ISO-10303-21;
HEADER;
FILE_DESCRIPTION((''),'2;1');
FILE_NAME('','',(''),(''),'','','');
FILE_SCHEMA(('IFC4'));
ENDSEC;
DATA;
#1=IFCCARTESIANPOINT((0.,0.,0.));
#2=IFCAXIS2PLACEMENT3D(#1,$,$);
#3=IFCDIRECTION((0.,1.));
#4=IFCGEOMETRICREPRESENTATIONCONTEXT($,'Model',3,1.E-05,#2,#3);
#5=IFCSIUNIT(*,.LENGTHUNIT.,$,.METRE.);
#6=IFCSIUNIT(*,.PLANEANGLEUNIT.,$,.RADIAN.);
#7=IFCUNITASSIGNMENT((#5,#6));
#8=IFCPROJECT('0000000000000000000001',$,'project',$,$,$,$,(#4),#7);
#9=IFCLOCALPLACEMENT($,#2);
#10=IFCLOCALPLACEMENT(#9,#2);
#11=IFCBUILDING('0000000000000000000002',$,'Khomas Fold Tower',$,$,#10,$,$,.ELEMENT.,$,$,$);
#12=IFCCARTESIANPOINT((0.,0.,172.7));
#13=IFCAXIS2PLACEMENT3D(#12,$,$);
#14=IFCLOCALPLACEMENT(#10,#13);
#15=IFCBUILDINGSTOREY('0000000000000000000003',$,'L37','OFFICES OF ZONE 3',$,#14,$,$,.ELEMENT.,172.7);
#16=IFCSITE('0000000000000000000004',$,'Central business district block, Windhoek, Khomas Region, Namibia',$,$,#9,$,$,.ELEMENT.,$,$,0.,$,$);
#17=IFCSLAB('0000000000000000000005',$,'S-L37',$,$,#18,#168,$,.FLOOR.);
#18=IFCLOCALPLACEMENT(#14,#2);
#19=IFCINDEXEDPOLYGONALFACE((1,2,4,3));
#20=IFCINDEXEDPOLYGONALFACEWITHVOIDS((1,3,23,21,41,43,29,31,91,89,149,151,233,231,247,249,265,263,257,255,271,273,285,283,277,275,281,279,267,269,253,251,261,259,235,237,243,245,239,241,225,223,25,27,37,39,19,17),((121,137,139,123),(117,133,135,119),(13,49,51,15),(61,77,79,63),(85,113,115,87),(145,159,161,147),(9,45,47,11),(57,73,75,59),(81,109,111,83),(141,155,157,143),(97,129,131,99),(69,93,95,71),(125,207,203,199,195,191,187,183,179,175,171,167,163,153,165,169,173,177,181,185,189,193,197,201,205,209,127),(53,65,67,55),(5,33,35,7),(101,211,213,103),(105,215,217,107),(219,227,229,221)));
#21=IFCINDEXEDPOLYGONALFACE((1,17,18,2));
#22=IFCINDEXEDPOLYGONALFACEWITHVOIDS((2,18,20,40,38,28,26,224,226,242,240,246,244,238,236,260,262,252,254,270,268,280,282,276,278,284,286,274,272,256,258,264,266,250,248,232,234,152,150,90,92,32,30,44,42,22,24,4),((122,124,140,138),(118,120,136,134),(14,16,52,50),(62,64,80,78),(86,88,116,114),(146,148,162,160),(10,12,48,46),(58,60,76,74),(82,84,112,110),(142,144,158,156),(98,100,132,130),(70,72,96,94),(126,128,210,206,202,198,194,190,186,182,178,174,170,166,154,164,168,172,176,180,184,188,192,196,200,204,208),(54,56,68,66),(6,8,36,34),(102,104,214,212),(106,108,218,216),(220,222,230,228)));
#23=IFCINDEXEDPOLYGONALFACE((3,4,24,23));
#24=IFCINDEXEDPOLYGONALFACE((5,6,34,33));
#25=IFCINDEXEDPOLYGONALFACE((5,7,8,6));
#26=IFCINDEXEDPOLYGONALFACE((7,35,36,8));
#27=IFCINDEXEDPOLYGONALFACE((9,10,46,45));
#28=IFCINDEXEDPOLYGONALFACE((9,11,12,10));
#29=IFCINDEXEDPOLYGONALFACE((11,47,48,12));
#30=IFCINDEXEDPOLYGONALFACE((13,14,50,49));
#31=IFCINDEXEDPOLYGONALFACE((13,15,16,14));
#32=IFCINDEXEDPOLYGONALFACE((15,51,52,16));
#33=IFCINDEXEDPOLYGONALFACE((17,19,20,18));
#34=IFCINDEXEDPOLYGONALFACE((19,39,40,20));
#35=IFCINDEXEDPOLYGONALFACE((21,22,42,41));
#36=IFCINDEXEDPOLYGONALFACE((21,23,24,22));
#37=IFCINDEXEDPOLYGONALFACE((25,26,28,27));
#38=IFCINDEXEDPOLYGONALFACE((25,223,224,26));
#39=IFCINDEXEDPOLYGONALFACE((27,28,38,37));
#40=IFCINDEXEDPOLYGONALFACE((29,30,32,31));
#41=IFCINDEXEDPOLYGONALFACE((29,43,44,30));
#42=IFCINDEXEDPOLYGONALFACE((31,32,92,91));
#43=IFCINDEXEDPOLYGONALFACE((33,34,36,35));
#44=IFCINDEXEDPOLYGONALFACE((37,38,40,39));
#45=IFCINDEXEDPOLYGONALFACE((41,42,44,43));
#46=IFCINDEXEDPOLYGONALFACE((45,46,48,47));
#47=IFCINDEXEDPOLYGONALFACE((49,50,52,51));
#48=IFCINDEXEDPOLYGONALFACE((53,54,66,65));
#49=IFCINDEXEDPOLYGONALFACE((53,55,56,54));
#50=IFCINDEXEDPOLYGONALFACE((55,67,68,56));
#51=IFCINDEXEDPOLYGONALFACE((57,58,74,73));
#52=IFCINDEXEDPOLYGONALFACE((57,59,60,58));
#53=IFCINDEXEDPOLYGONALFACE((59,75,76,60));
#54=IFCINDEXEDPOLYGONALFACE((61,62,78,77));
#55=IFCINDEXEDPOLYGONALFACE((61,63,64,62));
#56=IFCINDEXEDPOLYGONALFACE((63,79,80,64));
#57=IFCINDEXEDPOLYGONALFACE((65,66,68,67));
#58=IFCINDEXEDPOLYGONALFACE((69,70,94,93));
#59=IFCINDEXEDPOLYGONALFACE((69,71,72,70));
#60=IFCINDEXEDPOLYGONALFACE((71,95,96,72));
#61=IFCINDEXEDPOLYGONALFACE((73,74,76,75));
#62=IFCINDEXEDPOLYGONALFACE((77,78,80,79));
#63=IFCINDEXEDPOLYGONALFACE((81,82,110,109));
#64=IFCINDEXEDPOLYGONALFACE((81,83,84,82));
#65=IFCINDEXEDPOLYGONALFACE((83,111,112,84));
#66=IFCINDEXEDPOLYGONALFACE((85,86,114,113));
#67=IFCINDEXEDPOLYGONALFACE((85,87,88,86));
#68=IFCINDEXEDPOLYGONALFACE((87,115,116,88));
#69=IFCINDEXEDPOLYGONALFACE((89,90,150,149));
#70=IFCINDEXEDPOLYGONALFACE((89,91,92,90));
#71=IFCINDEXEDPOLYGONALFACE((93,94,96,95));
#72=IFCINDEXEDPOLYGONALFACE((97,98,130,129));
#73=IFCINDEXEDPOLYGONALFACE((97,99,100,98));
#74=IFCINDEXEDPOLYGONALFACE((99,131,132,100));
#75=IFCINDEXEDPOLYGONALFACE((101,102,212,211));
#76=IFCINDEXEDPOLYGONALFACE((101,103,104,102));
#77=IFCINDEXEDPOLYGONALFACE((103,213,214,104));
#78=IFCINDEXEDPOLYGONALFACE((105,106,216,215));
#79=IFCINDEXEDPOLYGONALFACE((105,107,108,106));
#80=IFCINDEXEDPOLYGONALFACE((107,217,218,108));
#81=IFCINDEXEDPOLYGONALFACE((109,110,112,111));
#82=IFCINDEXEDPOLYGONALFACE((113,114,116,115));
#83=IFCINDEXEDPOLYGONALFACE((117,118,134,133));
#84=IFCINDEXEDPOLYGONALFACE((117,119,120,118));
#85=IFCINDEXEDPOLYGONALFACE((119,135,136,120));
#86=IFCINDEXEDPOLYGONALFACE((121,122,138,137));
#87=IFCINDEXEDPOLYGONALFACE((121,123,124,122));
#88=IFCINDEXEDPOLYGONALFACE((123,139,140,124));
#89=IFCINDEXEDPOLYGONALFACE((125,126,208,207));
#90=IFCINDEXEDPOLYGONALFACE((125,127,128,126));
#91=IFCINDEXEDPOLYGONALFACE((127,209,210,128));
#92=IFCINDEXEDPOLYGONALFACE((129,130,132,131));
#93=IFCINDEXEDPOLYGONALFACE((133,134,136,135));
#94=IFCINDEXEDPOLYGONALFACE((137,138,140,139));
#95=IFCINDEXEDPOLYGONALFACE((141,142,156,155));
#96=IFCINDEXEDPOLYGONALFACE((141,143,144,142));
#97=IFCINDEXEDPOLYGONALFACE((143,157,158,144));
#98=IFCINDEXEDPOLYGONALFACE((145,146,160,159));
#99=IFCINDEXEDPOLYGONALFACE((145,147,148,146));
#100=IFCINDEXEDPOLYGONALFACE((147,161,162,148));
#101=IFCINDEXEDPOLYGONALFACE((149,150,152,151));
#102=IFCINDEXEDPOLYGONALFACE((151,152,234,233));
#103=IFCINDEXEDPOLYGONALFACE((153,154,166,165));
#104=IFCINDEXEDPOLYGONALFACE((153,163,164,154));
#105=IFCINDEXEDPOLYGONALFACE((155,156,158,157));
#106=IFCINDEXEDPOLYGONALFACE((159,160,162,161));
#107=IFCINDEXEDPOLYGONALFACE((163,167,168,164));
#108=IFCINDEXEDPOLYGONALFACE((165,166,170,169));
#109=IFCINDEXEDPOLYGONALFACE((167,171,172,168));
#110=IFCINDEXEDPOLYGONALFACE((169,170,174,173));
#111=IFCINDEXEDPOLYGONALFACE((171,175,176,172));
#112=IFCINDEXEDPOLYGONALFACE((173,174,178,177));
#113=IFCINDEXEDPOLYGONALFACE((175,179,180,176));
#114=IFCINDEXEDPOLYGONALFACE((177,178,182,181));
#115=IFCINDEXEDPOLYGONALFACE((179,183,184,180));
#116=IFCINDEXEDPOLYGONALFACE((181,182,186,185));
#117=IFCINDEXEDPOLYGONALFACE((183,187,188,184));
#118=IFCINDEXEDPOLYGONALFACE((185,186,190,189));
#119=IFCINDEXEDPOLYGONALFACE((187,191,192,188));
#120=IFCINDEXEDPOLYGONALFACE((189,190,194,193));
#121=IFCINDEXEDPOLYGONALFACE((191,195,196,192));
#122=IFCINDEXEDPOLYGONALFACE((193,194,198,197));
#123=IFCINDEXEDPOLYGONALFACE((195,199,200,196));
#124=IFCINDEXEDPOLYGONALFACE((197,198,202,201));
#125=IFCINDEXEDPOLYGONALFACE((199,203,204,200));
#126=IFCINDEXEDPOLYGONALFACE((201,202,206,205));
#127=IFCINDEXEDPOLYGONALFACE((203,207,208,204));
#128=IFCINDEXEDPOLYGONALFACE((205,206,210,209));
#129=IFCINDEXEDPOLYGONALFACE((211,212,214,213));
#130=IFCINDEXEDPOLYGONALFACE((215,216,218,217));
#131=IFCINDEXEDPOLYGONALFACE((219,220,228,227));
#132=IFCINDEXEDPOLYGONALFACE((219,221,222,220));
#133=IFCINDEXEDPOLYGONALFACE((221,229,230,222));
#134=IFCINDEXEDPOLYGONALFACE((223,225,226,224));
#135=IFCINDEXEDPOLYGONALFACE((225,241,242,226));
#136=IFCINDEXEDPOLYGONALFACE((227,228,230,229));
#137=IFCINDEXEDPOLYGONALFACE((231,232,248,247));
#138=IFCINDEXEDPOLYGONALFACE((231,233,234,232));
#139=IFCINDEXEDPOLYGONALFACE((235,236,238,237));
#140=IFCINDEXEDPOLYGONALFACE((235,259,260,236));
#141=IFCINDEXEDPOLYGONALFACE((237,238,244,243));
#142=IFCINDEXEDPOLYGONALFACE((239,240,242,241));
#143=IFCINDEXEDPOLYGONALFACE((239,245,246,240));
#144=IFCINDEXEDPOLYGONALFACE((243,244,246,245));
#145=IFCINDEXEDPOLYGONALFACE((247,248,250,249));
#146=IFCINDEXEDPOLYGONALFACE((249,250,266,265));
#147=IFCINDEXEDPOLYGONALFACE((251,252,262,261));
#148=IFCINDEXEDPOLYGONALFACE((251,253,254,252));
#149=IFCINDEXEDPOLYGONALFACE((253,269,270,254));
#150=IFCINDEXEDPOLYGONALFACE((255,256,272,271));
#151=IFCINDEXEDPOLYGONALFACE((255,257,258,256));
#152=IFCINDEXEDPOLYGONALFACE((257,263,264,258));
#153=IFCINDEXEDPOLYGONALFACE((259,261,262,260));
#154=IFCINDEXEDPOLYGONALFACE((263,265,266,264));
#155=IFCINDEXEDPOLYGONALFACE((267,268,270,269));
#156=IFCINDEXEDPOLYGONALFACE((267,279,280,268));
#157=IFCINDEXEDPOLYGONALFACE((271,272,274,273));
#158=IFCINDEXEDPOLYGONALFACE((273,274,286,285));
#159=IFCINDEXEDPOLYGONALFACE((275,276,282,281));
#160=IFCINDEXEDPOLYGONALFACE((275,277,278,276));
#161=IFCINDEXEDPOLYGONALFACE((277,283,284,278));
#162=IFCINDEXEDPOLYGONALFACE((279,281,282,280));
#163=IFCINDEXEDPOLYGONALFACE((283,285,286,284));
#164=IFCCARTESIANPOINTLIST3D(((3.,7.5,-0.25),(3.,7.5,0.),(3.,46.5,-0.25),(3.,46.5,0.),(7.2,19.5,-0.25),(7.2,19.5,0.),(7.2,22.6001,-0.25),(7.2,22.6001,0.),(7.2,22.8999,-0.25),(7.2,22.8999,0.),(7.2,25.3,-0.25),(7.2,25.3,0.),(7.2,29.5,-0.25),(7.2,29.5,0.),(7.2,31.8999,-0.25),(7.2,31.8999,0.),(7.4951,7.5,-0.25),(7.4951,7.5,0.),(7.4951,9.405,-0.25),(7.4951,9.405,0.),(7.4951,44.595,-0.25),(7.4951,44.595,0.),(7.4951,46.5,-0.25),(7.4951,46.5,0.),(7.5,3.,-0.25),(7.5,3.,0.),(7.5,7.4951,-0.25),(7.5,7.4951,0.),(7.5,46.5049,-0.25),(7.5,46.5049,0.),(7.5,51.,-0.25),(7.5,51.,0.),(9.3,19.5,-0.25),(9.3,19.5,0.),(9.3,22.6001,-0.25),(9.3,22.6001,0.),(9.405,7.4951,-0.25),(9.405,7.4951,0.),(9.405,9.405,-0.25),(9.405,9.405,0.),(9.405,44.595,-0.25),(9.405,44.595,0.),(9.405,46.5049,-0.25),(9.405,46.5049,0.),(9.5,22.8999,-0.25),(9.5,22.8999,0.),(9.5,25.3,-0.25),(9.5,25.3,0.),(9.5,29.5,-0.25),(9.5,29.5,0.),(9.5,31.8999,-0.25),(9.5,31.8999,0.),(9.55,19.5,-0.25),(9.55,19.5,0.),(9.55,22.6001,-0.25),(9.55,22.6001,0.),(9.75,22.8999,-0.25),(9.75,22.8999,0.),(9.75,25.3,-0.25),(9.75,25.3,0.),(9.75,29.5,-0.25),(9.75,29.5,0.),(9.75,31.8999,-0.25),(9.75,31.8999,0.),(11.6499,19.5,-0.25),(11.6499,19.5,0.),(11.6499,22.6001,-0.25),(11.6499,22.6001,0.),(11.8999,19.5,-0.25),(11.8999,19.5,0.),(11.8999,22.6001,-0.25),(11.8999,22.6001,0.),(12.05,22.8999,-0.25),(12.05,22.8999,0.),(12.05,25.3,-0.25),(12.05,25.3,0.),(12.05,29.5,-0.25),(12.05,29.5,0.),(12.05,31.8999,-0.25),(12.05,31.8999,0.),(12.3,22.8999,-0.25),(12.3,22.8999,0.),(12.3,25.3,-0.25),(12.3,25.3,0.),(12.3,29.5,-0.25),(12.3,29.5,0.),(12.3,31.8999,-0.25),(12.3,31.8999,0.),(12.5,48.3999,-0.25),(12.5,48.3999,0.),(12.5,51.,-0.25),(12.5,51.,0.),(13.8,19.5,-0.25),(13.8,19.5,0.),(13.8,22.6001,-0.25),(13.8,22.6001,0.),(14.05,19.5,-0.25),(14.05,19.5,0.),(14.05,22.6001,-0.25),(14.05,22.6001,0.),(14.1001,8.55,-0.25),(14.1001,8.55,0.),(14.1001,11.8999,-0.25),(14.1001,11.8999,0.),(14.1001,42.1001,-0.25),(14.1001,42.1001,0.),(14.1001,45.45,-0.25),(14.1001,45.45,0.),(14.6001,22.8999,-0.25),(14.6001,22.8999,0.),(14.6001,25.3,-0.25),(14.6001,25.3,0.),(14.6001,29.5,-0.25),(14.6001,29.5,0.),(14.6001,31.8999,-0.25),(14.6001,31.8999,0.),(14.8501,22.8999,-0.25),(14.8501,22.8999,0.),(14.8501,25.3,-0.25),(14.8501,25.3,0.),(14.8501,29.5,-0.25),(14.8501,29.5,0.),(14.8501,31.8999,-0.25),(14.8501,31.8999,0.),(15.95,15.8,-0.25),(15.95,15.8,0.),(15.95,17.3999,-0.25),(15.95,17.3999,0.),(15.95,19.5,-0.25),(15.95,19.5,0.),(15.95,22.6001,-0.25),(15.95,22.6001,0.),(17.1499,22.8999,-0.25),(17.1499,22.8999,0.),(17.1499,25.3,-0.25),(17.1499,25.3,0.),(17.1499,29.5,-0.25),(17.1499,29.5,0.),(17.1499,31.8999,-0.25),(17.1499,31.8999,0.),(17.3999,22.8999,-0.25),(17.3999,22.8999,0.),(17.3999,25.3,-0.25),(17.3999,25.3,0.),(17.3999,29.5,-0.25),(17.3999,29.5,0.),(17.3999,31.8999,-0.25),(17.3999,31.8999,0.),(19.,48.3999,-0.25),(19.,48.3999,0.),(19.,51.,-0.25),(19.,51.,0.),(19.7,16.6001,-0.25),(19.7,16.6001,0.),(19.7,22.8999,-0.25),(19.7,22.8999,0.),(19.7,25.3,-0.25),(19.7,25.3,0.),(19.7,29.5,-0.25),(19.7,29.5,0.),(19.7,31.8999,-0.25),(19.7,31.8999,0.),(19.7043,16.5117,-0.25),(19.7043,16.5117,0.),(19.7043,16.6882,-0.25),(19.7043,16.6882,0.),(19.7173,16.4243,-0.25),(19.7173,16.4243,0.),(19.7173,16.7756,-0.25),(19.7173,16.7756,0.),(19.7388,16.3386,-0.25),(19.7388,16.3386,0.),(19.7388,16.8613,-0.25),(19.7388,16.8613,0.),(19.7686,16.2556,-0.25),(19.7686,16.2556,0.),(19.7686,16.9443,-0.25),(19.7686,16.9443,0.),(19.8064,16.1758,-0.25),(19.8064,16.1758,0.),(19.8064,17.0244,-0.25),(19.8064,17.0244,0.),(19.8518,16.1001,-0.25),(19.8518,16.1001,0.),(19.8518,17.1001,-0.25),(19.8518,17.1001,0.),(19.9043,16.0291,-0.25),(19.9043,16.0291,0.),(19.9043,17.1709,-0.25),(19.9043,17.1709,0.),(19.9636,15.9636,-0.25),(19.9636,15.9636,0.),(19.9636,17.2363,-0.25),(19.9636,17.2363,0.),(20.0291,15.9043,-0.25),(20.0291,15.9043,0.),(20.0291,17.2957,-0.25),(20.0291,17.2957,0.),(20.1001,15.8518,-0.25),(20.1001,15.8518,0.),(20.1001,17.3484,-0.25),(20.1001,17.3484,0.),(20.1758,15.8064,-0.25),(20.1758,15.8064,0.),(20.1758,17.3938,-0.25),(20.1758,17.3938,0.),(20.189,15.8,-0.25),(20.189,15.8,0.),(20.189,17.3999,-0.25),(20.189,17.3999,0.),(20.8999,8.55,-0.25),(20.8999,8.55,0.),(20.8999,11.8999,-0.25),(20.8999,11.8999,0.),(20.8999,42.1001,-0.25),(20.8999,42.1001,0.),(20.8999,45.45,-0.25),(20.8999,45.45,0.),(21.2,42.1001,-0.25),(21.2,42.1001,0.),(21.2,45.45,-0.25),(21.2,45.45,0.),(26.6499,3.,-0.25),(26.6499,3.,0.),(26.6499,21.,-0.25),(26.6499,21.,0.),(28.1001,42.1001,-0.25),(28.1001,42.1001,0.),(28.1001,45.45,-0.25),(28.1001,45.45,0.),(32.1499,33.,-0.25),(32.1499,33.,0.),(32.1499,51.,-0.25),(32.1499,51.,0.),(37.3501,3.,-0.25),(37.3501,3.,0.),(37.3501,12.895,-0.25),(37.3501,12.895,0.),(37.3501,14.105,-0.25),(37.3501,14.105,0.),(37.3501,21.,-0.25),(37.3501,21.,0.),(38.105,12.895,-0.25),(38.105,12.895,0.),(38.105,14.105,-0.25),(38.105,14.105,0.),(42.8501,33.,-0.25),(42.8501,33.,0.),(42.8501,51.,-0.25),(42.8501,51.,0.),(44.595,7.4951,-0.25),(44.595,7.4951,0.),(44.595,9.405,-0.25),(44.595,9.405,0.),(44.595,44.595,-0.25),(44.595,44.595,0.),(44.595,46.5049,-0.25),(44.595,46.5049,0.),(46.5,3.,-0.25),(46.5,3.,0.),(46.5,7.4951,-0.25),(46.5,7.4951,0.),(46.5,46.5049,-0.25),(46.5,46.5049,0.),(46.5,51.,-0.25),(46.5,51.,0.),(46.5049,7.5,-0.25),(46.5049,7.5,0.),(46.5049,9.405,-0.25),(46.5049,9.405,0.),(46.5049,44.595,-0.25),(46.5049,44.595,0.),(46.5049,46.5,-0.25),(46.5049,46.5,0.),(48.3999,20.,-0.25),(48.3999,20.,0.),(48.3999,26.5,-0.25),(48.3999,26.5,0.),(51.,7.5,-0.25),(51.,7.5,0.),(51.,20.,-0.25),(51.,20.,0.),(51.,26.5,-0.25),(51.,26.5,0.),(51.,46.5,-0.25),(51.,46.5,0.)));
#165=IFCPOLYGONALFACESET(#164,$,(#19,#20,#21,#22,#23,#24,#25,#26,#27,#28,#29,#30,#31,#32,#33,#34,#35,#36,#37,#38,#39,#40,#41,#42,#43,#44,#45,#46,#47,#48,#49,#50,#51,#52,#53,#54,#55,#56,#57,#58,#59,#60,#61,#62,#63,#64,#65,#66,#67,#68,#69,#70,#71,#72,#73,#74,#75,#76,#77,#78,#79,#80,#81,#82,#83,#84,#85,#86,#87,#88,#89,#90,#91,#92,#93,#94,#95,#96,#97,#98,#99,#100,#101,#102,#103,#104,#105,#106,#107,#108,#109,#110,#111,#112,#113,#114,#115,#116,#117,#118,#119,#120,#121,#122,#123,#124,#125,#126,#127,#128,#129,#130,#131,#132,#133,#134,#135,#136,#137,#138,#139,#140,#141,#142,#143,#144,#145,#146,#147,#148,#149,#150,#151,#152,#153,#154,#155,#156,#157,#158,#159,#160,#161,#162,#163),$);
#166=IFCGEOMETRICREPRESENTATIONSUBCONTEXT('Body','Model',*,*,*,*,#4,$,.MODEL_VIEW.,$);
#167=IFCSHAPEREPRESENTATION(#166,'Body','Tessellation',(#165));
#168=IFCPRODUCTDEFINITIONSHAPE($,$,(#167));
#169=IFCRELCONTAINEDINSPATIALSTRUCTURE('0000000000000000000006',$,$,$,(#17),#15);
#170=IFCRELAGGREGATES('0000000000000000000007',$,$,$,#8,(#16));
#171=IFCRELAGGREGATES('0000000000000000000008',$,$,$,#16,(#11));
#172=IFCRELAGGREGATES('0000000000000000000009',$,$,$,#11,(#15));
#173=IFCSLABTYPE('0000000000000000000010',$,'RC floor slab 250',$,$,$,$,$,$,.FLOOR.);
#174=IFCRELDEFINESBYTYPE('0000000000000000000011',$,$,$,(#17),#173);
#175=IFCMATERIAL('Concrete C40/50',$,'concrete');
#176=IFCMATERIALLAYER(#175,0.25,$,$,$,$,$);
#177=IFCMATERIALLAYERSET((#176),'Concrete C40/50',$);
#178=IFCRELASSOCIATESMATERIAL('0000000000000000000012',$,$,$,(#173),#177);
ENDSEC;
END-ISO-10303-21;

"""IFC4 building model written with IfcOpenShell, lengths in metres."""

from ifc_helpers import new_model, si_unit, direction, frame, origin, place, context, subcontext, project, spatial, polyline, outline, extrude, source, transform, mapped, material, layer, layer_set, type_object, element, save


model = new_model("IFC4")

# Units and contexts
model_context = context("Model", 3, precision=1e-05, world=origin(), true_north=direction((0.0, 1.0)))
body_context = subcontext(model_context, "Body", "Model", "MODEL_VIEW")
ifc_project = project(units=[si_unit("LENGTHUNIT", "METRE"), si_unit("PLANEANGLEUNIT", "RADIAN")], contexts=[model_context])

# Site, building, storey
site_placement = place(None, origin())
site = spatial("IfcSite", under=ifc_project, at=site_placement, Name="Central business district block, Windhoek, Khomas Region, Namibia", CompositionType="ELEMENT", RefElevation=0.0)
building_placement = place(site_placement, origin())
building = spatial("IfcBuilding", under=site, at=building_placement, Name="Khomas Fold Tower", CompositionType="ELEMENT")
storey_placement = place(building_placement, frame((0.0, 0.0, 172.7)))
storey = spatial("IfcBuildingStorey", under=building, at=storey_placement, Name="L37", Description="OFFICES OF ZONE 3", CompositionType="ELEMENT", Elevation=172.7)

# Slab
ifc_material_1 = material(Name="Concrete C40/50", Category="concrete")
ifc_layer_1 = layer(ifc_material_1, 0.25)
ifc_layer_set_1 = layer_set([ifc_layer_1], Name="Concrete C40/50")
slab_type_1 = type_object("IfcSlabType", Name="RC floor slab 250", PredefinedType="FLOOR", material=ifc_layer_set_1)
shared_shape_1 = source(origin(), body_context, "Body", "SweptSolid", [
    extrude(outline(polyline([(3.0, 7.5), (7.4951, 7.5), (7.4951, 9.405), (9.405, 9.405), (9.405, 7.4951), (7.5, 7.4951), (7.5, 3.0), (26.6499, 3.0), (26.6499, 21.0), (37.3501, 21.0), (37.3501, 14.105), (38.105, 14.105), (38.105, 12.895), (37.3501, 12.895), (37.3501, 3.0), (46.5, 3.0), (46.5, 7.4951), (44.595, 7.4951), (44.595, 9.405), (46.5049, 9.405), (46.5049, 7.5), (51.0, 7.5), (51.0, 20.0), (48.3999, 20.0), (48.3999, 26.5), (51.0, 26.5), (51.0, 46.5), (46.5049, 46.5), (46.5049, 44.595), (44.595, 44.595), (44.595, 46.5049), (46.5, 46.5049), (46.5, 51.0), (42.8501, 51.0), (42.8501, 33.0), (32.1499, 33.0), (32.1499, 51.0), (19.0, 51.0), (19.0, 48.3999), (12.5, 48.3999), (12.5, 51.0), (7.5, 51.0), (7.5, 46.5049), (9.405, 46.5049), (9.405, 44.595), (7.4951, 44.595), (7.4951, 46.5), (3.0, 46.5), (3.0, 7.5)]), holes=[polyline([(7.2, 19.5), (7.2, 22.6001), (9.3, 22.6001), (9.3, 19.5), (7.2, 19.5)]), polyline([(7.2, 22.8999), (7.2, 25.3), (9.5, 25.3), (9.5, 22.8999), (7.2, 22.8999)]), polyline([(7.2, 29.5), (7.2, 31.8999), (9.5, 31.8999), (9.5, 29.5), (7.2, 29.5)]), polyline([(9.55, 19.5), (9.55, 22.6001), (11.6499, 22.6001), (11.6499, 19.5), (9.55, 19.5)]), polyline([(9.75, 22.8999), (9.75, 25.3), (12.05, 25.3), (12.05, 22.8999), (9.75, 22.8999)]), polyline([(9.75, 29.5), (9.75, 31.8999), (12.05, 31.8999), (12.05, 29.5), (9.75, 29.5)]), polyline([(11.8999, 19.5), (11.8999, 22.6001), (13.8, 22.6001), (13.8, 19.5), (11.8999, 19.5)]), polyline([(12.3, 22.8999), (12.3, 25.3), (14.6001, 25.3), (14.6001, 22.8999), (12.3, 22.8999)]), polyline([(12.3, 29.5), (12.3, 31.8999), (14.6001, 31.8999), (14.6001, 29.5), (12.3, 29.5)]), polyline([(14.05, 19.5), (14.05, 22.6001), (15.95, 22.6001), (15.95, 19.5), (14.05, 19.5)]), polyline([(14.1001, 8.55), (14.1001, 11.8999), (20.8999, 11.8999), (20.8999, 8.55), (14.1001, 8.55)]), polyline([(14.1001, 42.1001), (14.1001, 45.45), (20.8999, 45.45), (20.8999, 42.1001), (14.1001, 42.1001)]), polyline([(14.8501, 22.8999), (14.8501, 25.3), (17.1499, 25.3), (17.1499, 22.8999), (14.8501, 22.8999)]), polyline([(14.8501, 29.5), (14.8501, 31.8999), (17.1499, 31.8999), (17.1499, 29.5), (14.8501, 29.5)]), polyline([(15.95, 15.8), (15.95, 17.3999), (20.189, 17.3999), (20.1758, 17.3938), (20.1001, 17.3484), (20.0291, 17.2957), (19.9636, 17.2363), (19.9043, 17.1709), (19.8518, 17.1001), (19.8064, 17.0244), (19.7686, 16.9443), (19.7388, 16.8613), (19.7173, 16.7756), (19.7043, 16.6882), (19.7, 16.6001), (19.7043, 16.5117), (19.7173, 16.4243), (19.7388, 16.3386), (19.7686, 16.2556), (19.8064, 16.1758), (19.8518, 16.1001), (19.9043, 16.0291), (19.9636, 15.9636), (20.0291, 15.9043), (20.1001, 15.8518), (20.1758, 15.8064), (20.189, 15.8), (15.95, 15.8)]), polyline([(17.3999, 22.8999), (17.3999, 25.3), (19.7, 25.3), (19.7, 22.8999), (17.3999, 22.8999)]), polyline([(17.3999, 29.5), (17.3999, 31.8999), (19.7, 31.8999), (19.7, 29.5), (17.3999, 29.5)]), polyline([(21.2, 42.1001), (21.2, 45.45), (28.1001, 45.45), (28.1001, 42.1001), (21.2, 42.1001)])]), origin(), (0.0, 0.0, 1.0), 0.25),
])
slab_1_placement = place(storey_placement, frame((0.0, 0.0, -0.25)))
element("IfcSlab", 1, at=slab_1_placement, inside=storey, type_object=slab_type_1, Name="S-L37", PredefinedType="FLOOR", context=body_context, shape_type="MappedRepresentation", body=[
    mapped(shared_shape_1, transform((0.0, 0.0, 0.0))),
])

save(model, "model.ifc")
